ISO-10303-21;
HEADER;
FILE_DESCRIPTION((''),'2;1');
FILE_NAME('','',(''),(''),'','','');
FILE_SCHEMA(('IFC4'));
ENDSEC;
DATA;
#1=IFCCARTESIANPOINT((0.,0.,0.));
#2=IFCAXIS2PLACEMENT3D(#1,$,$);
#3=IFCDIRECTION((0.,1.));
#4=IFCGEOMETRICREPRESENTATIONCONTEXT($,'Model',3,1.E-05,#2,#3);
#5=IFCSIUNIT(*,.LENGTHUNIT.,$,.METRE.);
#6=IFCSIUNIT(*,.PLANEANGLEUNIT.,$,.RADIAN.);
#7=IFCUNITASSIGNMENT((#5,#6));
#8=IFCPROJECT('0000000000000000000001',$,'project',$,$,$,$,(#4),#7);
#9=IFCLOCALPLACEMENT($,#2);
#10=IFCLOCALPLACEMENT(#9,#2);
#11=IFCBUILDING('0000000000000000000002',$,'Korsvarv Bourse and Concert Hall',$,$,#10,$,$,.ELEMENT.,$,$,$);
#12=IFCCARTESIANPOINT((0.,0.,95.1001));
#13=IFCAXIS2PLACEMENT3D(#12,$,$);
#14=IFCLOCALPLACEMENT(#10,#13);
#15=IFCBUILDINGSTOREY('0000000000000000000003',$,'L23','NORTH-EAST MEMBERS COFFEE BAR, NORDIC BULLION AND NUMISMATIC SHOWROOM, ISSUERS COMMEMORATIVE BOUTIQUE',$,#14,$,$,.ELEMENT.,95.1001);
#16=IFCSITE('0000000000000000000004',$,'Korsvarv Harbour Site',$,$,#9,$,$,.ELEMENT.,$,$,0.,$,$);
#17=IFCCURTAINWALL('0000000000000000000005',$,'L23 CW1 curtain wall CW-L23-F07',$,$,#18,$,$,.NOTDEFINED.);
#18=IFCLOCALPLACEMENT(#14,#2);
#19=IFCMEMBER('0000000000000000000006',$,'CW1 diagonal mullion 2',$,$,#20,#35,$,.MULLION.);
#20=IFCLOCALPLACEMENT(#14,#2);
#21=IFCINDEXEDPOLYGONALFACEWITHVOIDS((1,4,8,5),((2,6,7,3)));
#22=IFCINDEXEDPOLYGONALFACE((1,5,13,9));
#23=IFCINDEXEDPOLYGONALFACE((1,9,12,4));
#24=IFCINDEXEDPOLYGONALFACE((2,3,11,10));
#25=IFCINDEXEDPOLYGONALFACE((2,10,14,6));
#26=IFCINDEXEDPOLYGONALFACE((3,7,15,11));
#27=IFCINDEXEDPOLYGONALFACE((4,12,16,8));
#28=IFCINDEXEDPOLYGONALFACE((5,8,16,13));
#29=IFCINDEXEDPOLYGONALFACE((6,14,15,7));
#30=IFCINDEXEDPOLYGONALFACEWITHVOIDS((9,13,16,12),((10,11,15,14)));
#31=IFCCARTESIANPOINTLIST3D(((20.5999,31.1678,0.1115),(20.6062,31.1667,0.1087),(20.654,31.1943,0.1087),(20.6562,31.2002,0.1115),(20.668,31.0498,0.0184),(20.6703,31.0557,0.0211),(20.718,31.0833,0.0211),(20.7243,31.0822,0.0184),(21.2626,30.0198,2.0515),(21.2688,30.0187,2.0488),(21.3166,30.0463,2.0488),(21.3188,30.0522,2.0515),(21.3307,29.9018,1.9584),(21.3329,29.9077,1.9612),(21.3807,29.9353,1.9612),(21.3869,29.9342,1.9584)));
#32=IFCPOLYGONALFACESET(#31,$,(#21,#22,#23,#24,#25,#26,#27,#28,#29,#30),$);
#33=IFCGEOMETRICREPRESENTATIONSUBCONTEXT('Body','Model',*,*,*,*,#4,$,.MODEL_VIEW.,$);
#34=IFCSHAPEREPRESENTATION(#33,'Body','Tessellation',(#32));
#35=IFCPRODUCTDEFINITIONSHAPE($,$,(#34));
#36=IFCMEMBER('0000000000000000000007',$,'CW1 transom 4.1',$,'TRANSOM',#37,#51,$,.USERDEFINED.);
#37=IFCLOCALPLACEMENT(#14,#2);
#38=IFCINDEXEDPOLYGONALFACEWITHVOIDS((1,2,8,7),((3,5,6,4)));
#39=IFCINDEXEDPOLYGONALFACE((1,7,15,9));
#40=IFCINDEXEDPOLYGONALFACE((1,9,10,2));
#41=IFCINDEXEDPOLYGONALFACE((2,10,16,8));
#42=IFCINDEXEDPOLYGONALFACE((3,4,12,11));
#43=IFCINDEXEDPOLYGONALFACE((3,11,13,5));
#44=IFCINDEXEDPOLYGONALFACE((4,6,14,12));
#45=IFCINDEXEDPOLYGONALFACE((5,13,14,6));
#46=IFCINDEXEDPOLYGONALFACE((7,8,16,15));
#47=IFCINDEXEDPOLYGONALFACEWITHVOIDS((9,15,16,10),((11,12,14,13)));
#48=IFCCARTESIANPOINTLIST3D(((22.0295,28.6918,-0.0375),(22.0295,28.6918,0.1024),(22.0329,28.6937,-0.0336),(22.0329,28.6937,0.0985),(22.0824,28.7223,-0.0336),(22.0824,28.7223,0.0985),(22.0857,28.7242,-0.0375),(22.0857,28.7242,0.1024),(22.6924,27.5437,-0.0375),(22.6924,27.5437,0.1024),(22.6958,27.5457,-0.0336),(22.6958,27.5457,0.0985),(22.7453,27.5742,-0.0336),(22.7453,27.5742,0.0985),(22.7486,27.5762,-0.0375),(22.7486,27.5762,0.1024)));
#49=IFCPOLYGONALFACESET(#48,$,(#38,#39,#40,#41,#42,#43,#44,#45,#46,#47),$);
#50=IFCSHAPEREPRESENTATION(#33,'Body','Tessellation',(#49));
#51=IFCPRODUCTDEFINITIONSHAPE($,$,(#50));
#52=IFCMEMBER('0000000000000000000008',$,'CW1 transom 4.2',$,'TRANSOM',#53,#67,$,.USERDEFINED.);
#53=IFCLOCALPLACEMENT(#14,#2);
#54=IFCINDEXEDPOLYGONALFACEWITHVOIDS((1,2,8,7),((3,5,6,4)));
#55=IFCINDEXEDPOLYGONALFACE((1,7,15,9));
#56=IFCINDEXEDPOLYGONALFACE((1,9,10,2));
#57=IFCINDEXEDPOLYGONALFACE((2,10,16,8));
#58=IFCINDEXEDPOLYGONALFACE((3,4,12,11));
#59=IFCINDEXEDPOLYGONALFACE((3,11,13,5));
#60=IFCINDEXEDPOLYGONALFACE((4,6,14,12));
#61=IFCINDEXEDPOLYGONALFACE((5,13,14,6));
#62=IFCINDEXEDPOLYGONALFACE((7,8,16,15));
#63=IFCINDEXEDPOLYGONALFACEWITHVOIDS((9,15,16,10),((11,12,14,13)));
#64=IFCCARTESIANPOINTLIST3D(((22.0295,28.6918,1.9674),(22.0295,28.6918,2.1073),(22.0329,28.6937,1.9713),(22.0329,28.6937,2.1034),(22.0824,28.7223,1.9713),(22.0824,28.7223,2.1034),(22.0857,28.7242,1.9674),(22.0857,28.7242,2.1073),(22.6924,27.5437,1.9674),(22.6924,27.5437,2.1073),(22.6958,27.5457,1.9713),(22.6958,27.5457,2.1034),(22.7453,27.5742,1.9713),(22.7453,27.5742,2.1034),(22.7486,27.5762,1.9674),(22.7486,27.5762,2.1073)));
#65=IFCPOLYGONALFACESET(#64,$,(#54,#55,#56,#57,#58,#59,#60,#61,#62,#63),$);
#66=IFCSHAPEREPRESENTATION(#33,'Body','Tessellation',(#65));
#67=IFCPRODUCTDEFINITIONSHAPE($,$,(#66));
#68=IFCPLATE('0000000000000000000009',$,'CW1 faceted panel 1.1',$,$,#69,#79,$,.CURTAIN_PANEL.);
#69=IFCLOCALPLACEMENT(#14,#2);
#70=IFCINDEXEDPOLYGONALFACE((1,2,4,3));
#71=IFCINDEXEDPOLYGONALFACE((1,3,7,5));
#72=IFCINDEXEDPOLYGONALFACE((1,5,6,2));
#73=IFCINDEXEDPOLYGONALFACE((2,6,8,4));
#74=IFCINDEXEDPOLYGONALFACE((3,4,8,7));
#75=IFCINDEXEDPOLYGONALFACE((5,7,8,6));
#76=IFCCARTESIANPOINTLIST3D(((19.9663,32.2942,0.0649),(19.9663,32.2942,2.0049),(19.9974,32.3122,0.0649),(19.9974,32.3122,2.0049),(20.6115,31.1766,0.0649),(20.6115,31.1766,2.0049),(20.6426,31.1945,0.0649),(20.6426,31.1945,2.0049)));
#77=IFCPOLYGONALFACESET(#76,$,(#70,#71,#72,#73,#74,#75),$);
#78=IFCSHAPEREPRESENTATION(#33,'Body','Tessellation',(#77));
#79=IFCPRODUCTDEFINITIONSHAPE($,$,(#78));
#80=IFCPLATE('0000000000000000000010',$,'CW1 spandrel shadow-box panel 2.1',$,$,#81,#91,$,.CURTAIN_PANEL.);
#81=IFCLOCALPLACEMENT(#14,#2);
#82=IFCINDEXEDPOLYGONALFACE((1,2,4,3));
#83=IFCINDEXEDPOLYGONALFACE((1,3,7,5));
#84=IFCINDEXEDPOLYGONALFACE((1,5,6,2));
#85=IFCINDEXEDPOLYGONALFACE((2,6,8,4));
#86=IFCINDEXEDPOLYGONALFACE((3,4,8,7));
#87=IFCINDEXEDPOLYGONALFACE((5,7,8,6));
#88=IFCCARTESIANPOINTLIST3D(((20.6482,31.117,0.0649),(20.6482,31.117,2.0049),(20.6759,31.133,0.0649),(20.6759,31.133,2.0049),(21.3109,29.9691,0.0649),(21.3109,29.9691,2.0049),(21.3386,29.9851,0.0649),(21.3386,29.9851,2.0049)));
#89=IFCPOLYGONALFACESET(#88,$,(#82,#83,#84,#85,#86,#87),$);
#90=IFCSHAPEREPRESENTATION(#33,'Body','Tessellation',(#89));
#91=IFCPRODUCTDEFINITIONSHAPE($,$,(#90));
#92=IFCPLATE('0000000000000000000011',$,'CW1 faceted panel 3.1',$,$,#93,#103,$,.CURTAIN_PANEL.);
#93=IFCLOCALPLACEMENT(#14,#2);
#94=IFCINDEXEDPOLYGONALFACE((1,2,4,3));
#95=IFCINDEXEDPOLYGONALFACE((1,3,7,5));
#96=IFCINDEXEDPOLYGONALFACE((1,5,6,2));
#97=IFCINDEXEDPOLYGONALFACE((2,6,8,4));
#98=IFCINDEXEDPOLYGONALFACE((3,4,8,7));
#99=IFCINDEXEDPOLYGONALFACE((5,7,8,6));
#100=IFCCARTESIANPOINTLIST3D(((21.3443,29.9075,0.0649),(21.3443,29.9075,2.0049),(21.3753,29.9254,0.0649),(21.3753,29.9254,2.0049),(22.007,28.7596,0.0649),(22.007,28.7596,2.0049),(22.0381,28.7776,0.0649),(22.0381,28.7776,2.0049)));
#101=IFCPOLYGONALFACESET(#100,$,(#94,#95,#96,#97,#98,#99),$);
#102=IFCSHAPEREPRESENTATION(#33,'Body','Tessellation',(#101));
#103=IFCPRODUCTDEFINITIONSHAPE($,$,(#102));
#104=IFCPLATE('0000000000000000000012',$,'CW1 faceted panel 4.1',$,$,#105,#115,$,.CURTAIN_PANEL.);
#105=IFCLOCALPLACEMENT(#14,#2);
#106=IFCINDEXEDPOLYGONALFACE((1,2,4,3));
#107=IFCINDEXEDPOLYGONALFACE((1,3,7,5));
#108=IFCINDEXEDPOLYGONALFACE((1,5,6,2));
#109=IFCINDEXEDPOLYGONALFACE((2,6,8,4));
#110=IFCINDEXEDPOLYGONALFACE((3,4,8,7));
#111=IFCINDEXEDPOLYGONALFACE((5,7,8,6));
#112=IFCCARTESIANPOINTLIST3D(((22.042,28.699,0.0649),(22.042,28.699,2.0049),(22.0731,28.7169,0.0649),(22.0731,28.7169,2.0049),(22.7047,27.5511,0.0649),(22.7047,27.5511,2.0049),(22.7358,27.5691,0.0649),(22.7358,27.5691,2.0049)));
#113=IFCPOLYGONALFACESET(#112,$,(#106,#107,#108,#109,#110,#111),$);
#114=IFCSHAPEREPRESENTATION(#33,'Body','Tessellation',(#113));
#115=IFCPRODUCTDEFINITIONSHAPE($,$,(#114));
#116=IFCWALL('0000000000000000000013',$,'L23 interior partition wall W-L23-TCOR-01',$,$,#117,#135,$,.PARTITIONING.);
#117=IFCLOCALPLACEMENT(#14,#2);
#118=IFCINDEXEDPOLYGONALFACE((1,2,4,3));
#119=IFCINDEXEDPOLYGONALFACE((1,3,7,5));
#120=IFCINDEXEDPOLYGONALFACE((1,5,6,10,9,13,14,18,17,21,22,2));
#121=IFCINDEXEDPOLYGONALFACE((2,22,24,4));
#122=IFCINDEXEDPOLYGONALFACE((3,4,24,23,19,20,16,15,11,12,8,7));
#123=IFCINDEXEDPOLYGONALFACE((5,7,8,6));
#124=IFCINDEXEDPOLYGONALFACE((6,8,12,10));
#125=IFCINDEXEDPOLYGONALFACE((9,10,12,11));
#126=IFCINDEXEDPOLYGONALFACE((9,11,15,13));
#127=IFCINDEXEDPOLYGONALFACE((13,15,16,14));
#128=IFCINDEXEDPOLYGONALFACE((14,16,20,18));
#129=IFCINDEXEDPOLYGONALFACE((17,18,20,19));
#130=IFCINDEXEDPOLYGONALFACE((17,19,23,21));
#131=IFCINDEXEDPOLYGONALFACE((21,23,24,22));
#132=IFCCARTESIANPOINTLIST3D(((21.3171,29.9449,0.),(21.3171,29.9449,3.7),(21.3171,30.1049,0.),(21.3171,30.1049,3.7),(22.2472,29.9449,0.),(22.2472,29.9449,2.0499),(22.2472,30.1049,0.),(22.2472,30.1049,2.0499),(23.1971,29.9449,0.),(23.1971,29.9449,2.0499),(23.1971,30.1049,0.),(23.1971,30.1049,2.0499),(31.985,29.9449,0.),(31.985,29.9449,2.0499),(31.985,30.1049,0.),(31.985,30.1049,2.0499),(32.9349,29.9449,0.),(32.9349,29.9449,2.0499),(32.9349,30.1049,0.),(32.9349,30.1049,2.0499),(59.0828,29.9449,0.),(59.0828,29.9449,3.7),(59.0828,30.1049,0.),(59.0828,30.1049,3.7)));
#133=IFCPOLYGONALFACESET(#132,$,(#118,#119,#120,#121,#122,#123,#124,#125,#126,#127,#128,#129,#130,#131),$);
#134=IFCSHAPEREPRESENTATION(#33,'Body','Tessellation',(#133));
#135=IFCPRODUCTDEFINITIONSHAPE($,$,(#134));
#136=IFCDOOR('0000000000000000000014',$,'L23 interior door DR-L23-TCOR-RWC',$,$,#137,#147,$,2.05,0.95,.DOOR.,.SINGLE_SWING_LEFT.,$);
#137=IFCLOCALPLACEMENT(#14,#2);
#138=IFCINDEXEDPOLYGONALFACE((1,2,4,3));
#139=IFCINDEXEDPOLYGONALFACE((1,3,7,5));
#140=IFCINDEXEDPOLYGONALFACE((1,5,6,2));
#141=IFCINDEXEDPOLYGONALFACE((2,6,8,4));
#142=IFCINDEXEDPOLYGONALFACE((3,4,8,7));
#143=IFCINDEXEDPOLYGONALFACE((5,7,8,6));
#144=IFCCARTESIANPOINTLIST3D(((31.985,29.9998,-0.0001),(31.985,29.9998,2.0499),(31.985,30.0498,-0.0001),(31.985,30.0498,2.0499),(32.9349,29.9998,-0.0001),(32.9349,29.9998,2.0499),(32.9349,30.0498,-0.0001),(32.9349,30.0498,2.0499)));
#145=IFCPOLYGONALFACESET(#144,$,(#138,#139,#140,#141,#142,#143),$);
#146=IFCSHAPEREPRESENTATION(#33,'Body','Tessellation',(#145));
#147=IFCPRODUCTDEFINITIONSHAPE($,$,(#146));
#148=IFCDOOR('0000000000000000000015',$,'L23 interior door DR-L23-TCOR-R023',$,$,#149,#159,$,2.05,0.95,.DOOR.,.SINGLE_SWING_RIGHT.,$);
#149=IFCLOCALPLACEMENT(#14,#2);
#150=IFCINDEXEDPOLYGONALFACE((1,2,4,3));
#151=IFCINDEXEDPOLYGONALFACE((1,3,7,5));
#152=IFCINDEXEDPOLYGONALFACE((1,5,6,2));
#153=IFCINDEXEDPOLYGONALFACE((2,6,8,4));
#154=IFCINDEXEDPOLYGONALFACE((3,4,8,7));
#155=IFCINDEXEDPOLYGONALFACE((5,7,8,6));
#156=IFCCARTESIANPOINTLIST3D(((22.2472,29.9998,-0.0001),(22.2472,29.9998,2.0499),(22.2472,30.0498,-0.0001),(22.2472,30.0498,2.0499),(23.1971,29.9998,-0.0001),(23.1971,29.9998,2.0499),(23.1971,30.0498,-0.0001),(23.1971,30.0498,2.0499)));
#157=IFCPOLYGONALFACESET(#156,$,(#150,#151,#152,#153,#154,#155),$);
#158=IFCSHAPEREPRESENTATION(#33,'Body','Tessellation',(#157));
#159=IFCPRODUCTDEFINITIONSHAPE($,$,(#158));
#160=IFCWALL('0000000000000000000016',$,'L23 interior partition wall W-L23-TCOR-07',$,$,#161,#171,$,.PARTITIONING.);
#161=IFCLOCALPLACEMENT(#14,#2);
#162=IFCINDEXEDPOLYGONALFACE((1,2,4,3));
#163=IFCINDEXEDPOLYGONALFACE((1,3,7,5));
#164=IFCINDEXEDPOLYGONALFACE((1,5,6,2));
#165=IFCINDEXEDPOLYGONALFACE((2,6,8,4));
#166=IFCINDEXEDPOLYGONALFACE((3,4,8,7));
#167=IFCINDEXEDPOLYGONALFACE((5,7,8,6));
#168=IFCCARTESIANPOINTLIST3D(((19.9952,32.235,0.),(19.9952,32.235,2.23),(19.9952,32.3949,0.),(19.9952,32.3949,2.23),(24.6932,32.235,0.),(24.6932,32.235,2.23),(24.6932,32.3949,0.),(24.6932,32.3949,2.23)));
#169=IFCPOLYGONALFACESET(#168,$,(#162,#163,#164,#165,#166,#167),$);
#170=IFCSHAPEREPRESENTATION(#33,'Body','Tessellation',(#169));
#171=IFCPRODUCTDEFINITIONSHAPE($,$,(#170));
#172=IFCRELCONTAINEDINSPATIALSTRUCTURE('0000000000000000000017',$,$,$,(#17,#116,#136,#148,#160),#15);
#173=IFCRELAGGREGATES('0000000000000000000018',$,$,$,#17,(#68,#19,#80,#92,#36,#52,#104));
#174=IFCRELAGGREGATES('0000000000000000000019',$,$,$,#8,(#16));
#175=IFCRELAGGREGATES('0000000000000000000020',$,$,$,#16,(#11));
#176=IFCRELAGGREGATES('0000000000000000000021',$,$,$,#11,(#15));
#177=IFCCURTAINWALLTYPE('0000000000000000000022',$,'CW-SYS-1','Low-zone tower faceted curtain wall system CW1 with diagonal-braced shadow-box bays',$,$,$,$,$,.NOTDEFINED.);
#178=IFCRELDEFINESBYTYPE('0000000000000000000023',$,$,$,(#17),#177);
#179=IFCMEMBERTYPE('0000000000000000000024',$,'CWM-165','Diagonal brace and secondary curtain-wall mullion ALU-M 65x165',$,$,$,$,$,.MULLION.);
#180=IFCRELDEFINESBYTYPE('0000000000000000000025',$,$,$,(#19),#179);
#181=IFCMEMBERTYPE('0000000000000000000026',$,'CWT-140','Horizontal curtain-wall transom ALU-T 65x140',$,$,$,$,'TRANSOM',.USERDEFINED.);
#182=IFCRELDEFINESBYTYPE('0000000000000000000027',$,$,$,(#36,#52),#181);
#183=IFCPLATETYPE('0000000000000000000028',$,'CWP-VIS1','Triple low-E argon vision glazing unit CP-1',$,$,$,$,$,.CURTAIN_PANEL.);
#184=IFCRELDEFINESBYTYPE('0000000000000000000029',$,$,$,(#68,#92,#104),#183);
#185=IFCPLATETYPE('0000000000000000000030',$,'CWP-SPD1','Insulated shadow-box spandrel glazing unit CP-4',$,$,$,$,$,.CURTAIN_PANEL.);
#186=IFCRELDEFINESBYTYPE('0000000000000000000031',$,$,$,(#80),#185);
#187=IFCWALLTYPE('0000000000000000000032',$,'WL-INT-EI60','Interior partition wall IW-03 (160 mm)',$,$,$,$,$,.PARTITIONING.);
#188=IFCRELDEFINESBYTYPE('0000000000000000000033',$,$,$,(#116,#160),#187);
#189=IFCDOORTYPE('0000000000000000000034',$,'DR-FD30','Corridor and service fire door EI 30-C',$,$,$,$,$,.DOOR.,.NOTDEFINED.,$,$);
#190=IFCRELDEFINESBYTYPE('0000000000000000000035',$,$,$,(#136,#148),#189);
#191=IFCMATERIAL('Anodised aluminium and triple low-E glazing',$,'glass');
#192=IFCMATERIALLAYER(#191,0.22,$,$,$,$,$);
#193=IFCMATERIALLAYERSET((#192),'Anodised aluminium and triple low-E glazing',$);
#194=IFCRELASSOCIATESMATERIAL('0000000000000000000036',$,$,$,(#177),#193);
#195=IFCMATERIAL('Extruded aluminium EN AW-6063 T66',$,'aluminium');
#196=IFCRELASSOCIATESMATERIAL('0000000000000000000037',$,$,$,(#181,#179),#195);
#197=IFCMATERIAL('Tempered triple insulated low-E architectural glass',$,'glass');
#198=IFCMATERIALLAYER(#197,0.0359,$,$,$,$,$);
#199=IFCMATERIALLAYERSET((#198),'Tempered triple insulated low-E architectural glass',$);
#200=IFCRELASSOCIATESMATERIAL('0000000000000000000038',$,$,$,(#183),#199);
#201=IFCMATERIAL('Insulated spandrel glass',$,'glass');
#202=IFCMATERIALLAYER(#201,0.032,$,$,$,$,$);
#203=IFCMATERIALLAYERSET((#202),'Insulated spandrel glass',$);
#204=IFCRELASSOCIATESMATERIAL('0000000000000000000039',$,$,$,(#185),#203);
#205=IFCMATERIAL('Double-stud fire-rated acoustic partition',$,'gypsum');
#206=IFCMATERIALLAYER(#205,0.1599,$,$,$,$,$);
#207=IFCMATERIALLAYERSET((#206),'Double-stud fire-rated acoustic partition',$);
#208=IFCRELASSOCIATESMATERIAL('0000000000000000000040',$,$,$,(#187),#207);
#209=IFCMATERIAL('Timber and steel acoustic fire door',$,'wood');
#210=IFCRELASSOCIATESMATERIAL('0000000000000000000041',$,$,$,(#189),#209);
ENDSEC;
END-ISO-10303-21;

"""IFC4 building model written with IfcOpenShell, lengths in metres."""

from ifc_helpers import new_model, si_unit, direction, frame, frame_2d, origin, origin_2d, place, context, subcontext, project, spatial, rectangle, hollow_rectangle, extrude, source, transform, mapped, material, layer, layer_set, material_profile, profile_set, type_object, element, fill, aggregate, save


model = new_model("IFC4")

# Units and contexts
model_context = context("Model", 3, precision=1e-05, world=origin(), true_north=direction((0.0, 1.0)))
body_context = subcontext(model_context, "Body", "Model", "MODEL_VIEW")
ifc_project = project(units=[si_unit("LENGTHUNIT", "METRE"), si_unit("PLANEANGLEUNIT", "RADIAN")], contexts=[model_context])

# Site, building, storey
site_placement = place(None, origin())
site = spatial("IfcSite", under=ifc_project, at=site_placement, Name="Korsvarv Harbour Site", CompositionType="ELEMENT", RefElevation=0.0)
building_placement = place(site_placement, origin())
building = spatial("IfcBuilding", under=site, at=building_placement, Name="Korsvarv Bourse and Concert Hall", CompositionType="ELEMENT")
storey_placement = place(building_placement, frame((0.0, 0.0, 95.1001)))
storey = spatial("IfcBuildingStorey", under=building, at=storey_placement, Name="L23", Description="NORTH-EAST MEMBERS COFFEE BAR, NORDIC BULLION AND NUMISMATIC SHOWROOM, ISSUERS COMMEMORATIVE BOUTIQUE", CompositionType="ELEMENT", Elevation=95.1001)

# Curtain wall, members, plates
ifc_material_1 = material(Name="Anodised aluminium and triple low-E glazing", Category="glass")
ifc_layer_1 = layer(ifc_material_1, 0.22)
ifc_layer_set_1 = layer_set([ifc_layer_1], Name="Anodised aluminium and triple low-E glazing")
curtain_wall_type = type_object("IfcCurtainWallType", Name="CW-SYS-1", Description="Low-zone tower faceted curtain wall system CW1 with diagonal-braced shadow-box bays", PredefinedType="NOTDEFINED", material=ifc_layer_set_1)
curtain_wall_placement = place(storey_placement, origin())
curtain_wall = element("IfcCurtainWall", 1, at=curtain_wall_placement, inside=storey, type_object=curtain_wall_type, Name="L23 CW1 curtain wall CW-L23-F07", PredefinedType="NOTDEFINED")
ifc_material_2 = material(Name="Extruded aluminium EN AW-6063 T66", Category="aluminium")
ifc_material_profile_1 = material_profile(ifc_material_2, hollow_rectangle(XDim=0.0649, YDim=0.1399, WallThickness=0.0039, at=origin_2d()), Name="ALU-T 65x140")
ifc_profile_set_1 = profile_set([ifc_material_profile_1], Name="Extruded aluminium EN AW-6063 T66")
member_type_1 = type_object("IfcMemberType", Name="CWT-140", Description="Horizontal curtain-wall transom ALU-T 65x140", ElementType="TRANSOM", PredefinedType="USERDEFINED", material=ifc_profile_set_1)
ifc_material_profile_2 = material_profile(ifc_material_2, hollow_rectangle(XDim=0.0649, YDim=0.165, WallThickness=0.0049, at=origin_2d()), Name="ALU-M 65x165")
ifc_profile_set_2 = profile_set([ifc_material_profile_2], Name="Extruded aluminium EN AW-6063 T66")
member_type_2 = type_object("IfcMemberType", Name="CWM-165", Description="Diagonal brace and secondary curtain-wall mullion ALU-M 65x165", PredefinedType="MULLION", material=ifc_profile_set_2)
shared_shape_1 = source(origin(), body_context, "Body", "SweptSolid", [
    extrude(hollow_rectangle(XDim=0.0649, YDim=0.165, WallThickness=0.0049, at=origin_2d()), origin(), (0.0, 0.0, 1.0), 2.3496),
])
member_1_placement = place(storey_placement, frame((20.6621, 31.125, 0.0649), z_axis=(0.282015, -0.488591, 0.825679), x_axis=(0.866081, 0.499903, 0.0)))
member_1 = element("IfcMember", 2, at=member_1_placement, type_object=member_type_2, Name="CW1 diagonal mullion 2", PredefinedType="MULLION", context=body_context, shape_type="MappedRepresentation", body=[
    mapped(shared_shape_1, transform((0.0, 0.0, 0.0), scale=1.0)),
])
shared_shape_2 = source(origin(), body_context, "Body", "SweptSolid", [
    extrude(hollow_rectangle(XDim=0.0649, YDim=0.1399, WallThickness=0.0039, at=origin_2d()), origin(), (0.0, 0.0, 1.0), 1.3257),
])
member_2_placement = place(storey_placement, frame((22.0576, 28.708, 0.0325), z_axis=(0.500041, -0.866002, 0.0), x_axis=(0.866002, 0.500041, 0.0)))
member_2 = element("IfcMember", 3, at=member_2_placement, type_object=member_type_1, Name="CW1 transom 4.1", ObjectType="TRANSOM", PredefinedType="USERDEFINED", context=body_context, shape_type="MappedRepresentation", body=[
    mapped(shared_shape_2, transform((0.0, 0.0, 0.0), scale=1.0)),
])
member_3_placement = place(storey_placement, frame((22.0576, 28.708, 2.0374), z_axis=(0.500041, -0.866002, 0.0), x_axis=(0.866002, 0.500041, 0.0)))
member_3 = element("IfcMember", 4, at=member_3_placement, type_object=member_type_1, Name="CW1 transom 4.2", ObjectType="TRANSOM", PredefinedType="USERDEFINED", context=body_context, shape_type="MappedRepresentation", body=[
    mapped(shared_shape_2, transform((0.0, 0.0, 0.0), scale=1.0)),
])
ifc_material_3 = material(Name="Tempered triple insulated low-E architectural glass", Category="glass")
ifc_layer_2 = layer(ifc_material_3, 0.0359)
ifc_layer_set_2 = layer_set([ifc_layer_2], Name="Tempered triple insulated low-E architectural glass")
plate_type_1 = type_object("IfcPlateType", Name="CWP-VIS1", Description="Triple low-E argon vision glazing unit CP-1", PredefinedType="CURTAIN_PANEL", material=ifc_layer_set_2)
shared_shape_3 = source(origin(), body_context, "Body", "SweptSolid", [
    extrude(rectangle(XDim=1.2905, YDim=0.0359, at=origin_2d()), origin(), (0.0, 0.0, 1.0), 1.9399),
])
plate_1_placement = place(storey_placement, frame((20.3044, 31.7444, 0.0649), z_axis=(0.0, 0.0, 1.0), x_axis=(0.499999, -0.866026, 0.0)))
plate_1 = element("IfcPlate", 5, at=plate_1_placement, type_object=plate_type_1, Name="CW1 faceted panel 1.1", PredefinedType="CURTAIN_PANEL", context=body_context, shape_type="MappedRepresentation", body=[
    mapped(shared_shape_3, transform((0.0, 0.0, 0.0), scale=1.0)),
])
ifc_material_4 = material(Name="Insulated spandrel glass", Category="glass")
ifc_layer_3 = layer(ifc_material_4, 0.032)
ifc_layer_set_3 = layer_set([ifc_layer_3], Name="Insulated spandrel glass")
plate_type_2 = type_object("IfcPlateType", Name="CWP-SPD1", Description="Insulated shadow-box spandrel glazing unit CP-4", PredefinedType="CURTAIN_PANEL", material=ifc_layer_set_3)
shared_shape_4 = source(origin(), body_context, "Body", "SweptSolid", [
    extrude(rectangle(XDim=1.3254, YDim=0.032, at=origin_2d()), origin(), (0.0, 0.0, 1.0), 1.9399),
])
plate_2_placement = place(storey_placement, frame((20.9934, 30.551, 0.0649), z_axis=(0.0, 0.0, 1.0), x_axis=(0.499999, -0.866026, 0.0)))
plate_2 = element("IfcPlate", 6, at=plate_2_placement, type_object=plate_type_2, Name="CW1 spandrel shadow-box panel 2.1", PredefinedType="CURTAIN_PANEL", context=body_context, shape_type="MappedRepresentation", body=[
    mapped(shared_shape_4, transform((0.0, 0.0, 0.0), scale=1.0)),
])
shared_shape_5 = source(origin(), body_context, "Body", "SweptSolid", [
    extrude(rectangle(XDim=1.3254, YDim=0.0359, at=origin_2d()), origin(), (0.0, 0.0, 1.0), 1.9399),
])
plate_3_placement = place(storey_placement, frame((21.6912, 29.3425, 0.0649), z_axis=(0.0, 0.0, 1.0), x_axis=(0.499999, -0.866026, 0.0)))
plate_3 = element("IfcPlate", 7, at=plate_3_placement, type_object=plate_type_1, Name="CW1 faceted panel 3.1", PredefinedType="CURTAIN_PANEL", context=body_context, shape_type="MappedRepresentation", body=[
    mapped(shared_shape_5, transform((0.0, 0.0, 0.0), scale=1.0)),
])
plate_4_placement = place(storey_placement, frame((22.3889, 28.134, 0.0649), z_axis=(0.0, 0.0, 1.0), x_axis=(0.499999, -0.866026, 0.0)))
plate_4 = element("IfcPlate", 8, at=plate_4_placement, type_object=plate_type_1, Name="CW1 faceted panel 4.1", PredefinedType="CURTAIN_PANEL", context=body_context, shape_type="MappedRepresentation", body=[
    mapped(shared_shape_5, transform((0.0, 0.0, 0.0), scale=1.0)),
])
aggregate(curtain_wall, [plate_1, member_1, plate_2, plate_3, member_2, member_3, plate_4])

# Wall, openings, doors
ifc_material_5 = material(Name="Double-stud fire-rated acoustic partition", Category="gypsum")
ifc_layer_4 = layer(ifc_material_5, 0.1599)
ifc_layer_set_4 = layer_set([ifc_layer_4], Name="Double-stud fire-rated acoustic partition")
wall_type = type_object("IfcWallType", Name="WL-INT-EI60", Description="Interior partition wall IW-03 (160 mm)", PredefinedType="PARTITIONING", material=ifc_layer_set_4)
wall_1_placement = place(storey_placement, frame((21.3171, 30.0249, 0.0), z_axis=(0.0, 0.0, 1.0), x_axis=(1.0, 0.0, 0.0)))
wall_1 = element("IfcWall", 9, at=wall_1_placement, inside=storey, type_object=wall_type, Name="L23 interior partition wall W-L23-TCOR-01", PredefinedType="PARTITIONING", context=body_context, shape_type="SweptSolid", body=[
    extrude(rectangle(XDim=37.7656, YDim=0.1599, at=frame_2d((18.8828, 0.0))), origin(), (0.0, 0.0, 1.0), 3.7),
])
opening_1_placement = place(wall_1_placement, frame((10.6677, 0.0, 0.0)))
opening_1 = element("IfcOpeningElement", 10, at=opening_1_placement, cuts=wall_1, PredefinedType="OPENING", context=body_context, shape_type="SweptSolid", body=[
    extrude(rectangle(XDim=0.95, YDim=2.05, at=frame_2d((0.4751, 1.0249))), frame((0.0, 0.0898, 0.0), z_axis=(0.0, -1.0, 0.0), x_axis=(1.0, 0.0, 0.0)), (0.0, 0.0, 1.0), 0.1799),
])
opening_2_placement = place(wall_1_placement, frame((0.9299, 0.0, 0.0)))
opening_2 = element("IfcOpeningElement", 11, at=opening_2_placement, cuts=wall_1, PredefinedType="OPENING", context=body_context, shape_type="SweptSolid", body=[
    extrude(rectangle(XDim=0.95, YDim=2.05, at=frame_2d((0.4751, 1.0249))), frame((0.0, 0.0898, 0.0), z_axis=(0.0, -1.0, 0.0), x_axis=(1.0, 0.0, 0.0)), (0.0, 0.0, 1.0), 0.1799),
])
ifc_material_6 = material(Name="Timber and steel acoustic fire door", Category="wood")
door_type = type_object("IfcDoorType", Name="DR-FD30", Description="Corridor and service fire door EI 30-C", OperationType="NOTDEFINED", PredefinedType="DOOR", material=ifc_material_6)
door_1_placement = place(opening_1_placement, origin())
door_1 = element("IfcDoor", 12, at=door_1_placement, inside=storey, type_object=door_type, Name="L23 interior door DR-L23-TCOR-RWC", OperationType="SINGLE_SWING_LEFT", OverallHeight=2.05, OverallWidth=0.95, PredefinedType="DOOR", context=body_context, shape_type="SweptSolid", body=[
    extrude(rectangle(XDim=0.95, YDim=2.05, at=frame_2d((0.4751, 1.0249))), frame((0.0, 0.0249, 0.0), z_axis=(0.0, -1.0, 0.0), x_axis=(1.0, 0.0, 0.0)), (0.0, 0.0, 1.0), 0.05),
])
fill(opening_1, door_1)
door_2_placement = place(opening_2_placement, origin())
door_2 = element("IfcDoor", 13, at=door_2_placement, inside=storey, type_object=door_type, Name="L23 interior door DR-L23-TCOR-R023", OperationType="SINGLE_SWING_RIGHT", OverallHeight=2.05, OverallWidth=0.95, PredefinedType="DOOR", context=body_context, shape_type="SweptSolid", body=[
    extrude(rectangle(XDim=0.95, YDim=2.05, at=frame_2d((0.4751, 1.0249))), frame((0.0, 0.0249, 0.0), z_axis=(0.0, -1.0, 0.0), x_axis=(1.0, 0.0, 0.0)), (0.0, 0.0, 1.0), 0.05),
])
fill(opening_2, door_2)

# Wall
wall_2_placement = place(storey_placement, frame((19.9951, 32.3149, 0.0), z_axis=(0.0, 0.0, 1.0), x_axis=(1.0, 0.0, 0.0)))
element("IfcWall", 14, at=wall_2_placement, inside=storey, type_object=wall_type, Name="L23 interior partition wall W-L23-TCOR-07", PredefinedType="PARTITIONING", context=body_context, shape_type="SweptSolid", body=[
    extrude(rectangle(XDim=4.698, YDim=0.1599, at=frame_2d((2.3491, 0.0))), origin(), (0.0, 0.0, 1.0), 2.23),
])

save(model, "model.ifc")
